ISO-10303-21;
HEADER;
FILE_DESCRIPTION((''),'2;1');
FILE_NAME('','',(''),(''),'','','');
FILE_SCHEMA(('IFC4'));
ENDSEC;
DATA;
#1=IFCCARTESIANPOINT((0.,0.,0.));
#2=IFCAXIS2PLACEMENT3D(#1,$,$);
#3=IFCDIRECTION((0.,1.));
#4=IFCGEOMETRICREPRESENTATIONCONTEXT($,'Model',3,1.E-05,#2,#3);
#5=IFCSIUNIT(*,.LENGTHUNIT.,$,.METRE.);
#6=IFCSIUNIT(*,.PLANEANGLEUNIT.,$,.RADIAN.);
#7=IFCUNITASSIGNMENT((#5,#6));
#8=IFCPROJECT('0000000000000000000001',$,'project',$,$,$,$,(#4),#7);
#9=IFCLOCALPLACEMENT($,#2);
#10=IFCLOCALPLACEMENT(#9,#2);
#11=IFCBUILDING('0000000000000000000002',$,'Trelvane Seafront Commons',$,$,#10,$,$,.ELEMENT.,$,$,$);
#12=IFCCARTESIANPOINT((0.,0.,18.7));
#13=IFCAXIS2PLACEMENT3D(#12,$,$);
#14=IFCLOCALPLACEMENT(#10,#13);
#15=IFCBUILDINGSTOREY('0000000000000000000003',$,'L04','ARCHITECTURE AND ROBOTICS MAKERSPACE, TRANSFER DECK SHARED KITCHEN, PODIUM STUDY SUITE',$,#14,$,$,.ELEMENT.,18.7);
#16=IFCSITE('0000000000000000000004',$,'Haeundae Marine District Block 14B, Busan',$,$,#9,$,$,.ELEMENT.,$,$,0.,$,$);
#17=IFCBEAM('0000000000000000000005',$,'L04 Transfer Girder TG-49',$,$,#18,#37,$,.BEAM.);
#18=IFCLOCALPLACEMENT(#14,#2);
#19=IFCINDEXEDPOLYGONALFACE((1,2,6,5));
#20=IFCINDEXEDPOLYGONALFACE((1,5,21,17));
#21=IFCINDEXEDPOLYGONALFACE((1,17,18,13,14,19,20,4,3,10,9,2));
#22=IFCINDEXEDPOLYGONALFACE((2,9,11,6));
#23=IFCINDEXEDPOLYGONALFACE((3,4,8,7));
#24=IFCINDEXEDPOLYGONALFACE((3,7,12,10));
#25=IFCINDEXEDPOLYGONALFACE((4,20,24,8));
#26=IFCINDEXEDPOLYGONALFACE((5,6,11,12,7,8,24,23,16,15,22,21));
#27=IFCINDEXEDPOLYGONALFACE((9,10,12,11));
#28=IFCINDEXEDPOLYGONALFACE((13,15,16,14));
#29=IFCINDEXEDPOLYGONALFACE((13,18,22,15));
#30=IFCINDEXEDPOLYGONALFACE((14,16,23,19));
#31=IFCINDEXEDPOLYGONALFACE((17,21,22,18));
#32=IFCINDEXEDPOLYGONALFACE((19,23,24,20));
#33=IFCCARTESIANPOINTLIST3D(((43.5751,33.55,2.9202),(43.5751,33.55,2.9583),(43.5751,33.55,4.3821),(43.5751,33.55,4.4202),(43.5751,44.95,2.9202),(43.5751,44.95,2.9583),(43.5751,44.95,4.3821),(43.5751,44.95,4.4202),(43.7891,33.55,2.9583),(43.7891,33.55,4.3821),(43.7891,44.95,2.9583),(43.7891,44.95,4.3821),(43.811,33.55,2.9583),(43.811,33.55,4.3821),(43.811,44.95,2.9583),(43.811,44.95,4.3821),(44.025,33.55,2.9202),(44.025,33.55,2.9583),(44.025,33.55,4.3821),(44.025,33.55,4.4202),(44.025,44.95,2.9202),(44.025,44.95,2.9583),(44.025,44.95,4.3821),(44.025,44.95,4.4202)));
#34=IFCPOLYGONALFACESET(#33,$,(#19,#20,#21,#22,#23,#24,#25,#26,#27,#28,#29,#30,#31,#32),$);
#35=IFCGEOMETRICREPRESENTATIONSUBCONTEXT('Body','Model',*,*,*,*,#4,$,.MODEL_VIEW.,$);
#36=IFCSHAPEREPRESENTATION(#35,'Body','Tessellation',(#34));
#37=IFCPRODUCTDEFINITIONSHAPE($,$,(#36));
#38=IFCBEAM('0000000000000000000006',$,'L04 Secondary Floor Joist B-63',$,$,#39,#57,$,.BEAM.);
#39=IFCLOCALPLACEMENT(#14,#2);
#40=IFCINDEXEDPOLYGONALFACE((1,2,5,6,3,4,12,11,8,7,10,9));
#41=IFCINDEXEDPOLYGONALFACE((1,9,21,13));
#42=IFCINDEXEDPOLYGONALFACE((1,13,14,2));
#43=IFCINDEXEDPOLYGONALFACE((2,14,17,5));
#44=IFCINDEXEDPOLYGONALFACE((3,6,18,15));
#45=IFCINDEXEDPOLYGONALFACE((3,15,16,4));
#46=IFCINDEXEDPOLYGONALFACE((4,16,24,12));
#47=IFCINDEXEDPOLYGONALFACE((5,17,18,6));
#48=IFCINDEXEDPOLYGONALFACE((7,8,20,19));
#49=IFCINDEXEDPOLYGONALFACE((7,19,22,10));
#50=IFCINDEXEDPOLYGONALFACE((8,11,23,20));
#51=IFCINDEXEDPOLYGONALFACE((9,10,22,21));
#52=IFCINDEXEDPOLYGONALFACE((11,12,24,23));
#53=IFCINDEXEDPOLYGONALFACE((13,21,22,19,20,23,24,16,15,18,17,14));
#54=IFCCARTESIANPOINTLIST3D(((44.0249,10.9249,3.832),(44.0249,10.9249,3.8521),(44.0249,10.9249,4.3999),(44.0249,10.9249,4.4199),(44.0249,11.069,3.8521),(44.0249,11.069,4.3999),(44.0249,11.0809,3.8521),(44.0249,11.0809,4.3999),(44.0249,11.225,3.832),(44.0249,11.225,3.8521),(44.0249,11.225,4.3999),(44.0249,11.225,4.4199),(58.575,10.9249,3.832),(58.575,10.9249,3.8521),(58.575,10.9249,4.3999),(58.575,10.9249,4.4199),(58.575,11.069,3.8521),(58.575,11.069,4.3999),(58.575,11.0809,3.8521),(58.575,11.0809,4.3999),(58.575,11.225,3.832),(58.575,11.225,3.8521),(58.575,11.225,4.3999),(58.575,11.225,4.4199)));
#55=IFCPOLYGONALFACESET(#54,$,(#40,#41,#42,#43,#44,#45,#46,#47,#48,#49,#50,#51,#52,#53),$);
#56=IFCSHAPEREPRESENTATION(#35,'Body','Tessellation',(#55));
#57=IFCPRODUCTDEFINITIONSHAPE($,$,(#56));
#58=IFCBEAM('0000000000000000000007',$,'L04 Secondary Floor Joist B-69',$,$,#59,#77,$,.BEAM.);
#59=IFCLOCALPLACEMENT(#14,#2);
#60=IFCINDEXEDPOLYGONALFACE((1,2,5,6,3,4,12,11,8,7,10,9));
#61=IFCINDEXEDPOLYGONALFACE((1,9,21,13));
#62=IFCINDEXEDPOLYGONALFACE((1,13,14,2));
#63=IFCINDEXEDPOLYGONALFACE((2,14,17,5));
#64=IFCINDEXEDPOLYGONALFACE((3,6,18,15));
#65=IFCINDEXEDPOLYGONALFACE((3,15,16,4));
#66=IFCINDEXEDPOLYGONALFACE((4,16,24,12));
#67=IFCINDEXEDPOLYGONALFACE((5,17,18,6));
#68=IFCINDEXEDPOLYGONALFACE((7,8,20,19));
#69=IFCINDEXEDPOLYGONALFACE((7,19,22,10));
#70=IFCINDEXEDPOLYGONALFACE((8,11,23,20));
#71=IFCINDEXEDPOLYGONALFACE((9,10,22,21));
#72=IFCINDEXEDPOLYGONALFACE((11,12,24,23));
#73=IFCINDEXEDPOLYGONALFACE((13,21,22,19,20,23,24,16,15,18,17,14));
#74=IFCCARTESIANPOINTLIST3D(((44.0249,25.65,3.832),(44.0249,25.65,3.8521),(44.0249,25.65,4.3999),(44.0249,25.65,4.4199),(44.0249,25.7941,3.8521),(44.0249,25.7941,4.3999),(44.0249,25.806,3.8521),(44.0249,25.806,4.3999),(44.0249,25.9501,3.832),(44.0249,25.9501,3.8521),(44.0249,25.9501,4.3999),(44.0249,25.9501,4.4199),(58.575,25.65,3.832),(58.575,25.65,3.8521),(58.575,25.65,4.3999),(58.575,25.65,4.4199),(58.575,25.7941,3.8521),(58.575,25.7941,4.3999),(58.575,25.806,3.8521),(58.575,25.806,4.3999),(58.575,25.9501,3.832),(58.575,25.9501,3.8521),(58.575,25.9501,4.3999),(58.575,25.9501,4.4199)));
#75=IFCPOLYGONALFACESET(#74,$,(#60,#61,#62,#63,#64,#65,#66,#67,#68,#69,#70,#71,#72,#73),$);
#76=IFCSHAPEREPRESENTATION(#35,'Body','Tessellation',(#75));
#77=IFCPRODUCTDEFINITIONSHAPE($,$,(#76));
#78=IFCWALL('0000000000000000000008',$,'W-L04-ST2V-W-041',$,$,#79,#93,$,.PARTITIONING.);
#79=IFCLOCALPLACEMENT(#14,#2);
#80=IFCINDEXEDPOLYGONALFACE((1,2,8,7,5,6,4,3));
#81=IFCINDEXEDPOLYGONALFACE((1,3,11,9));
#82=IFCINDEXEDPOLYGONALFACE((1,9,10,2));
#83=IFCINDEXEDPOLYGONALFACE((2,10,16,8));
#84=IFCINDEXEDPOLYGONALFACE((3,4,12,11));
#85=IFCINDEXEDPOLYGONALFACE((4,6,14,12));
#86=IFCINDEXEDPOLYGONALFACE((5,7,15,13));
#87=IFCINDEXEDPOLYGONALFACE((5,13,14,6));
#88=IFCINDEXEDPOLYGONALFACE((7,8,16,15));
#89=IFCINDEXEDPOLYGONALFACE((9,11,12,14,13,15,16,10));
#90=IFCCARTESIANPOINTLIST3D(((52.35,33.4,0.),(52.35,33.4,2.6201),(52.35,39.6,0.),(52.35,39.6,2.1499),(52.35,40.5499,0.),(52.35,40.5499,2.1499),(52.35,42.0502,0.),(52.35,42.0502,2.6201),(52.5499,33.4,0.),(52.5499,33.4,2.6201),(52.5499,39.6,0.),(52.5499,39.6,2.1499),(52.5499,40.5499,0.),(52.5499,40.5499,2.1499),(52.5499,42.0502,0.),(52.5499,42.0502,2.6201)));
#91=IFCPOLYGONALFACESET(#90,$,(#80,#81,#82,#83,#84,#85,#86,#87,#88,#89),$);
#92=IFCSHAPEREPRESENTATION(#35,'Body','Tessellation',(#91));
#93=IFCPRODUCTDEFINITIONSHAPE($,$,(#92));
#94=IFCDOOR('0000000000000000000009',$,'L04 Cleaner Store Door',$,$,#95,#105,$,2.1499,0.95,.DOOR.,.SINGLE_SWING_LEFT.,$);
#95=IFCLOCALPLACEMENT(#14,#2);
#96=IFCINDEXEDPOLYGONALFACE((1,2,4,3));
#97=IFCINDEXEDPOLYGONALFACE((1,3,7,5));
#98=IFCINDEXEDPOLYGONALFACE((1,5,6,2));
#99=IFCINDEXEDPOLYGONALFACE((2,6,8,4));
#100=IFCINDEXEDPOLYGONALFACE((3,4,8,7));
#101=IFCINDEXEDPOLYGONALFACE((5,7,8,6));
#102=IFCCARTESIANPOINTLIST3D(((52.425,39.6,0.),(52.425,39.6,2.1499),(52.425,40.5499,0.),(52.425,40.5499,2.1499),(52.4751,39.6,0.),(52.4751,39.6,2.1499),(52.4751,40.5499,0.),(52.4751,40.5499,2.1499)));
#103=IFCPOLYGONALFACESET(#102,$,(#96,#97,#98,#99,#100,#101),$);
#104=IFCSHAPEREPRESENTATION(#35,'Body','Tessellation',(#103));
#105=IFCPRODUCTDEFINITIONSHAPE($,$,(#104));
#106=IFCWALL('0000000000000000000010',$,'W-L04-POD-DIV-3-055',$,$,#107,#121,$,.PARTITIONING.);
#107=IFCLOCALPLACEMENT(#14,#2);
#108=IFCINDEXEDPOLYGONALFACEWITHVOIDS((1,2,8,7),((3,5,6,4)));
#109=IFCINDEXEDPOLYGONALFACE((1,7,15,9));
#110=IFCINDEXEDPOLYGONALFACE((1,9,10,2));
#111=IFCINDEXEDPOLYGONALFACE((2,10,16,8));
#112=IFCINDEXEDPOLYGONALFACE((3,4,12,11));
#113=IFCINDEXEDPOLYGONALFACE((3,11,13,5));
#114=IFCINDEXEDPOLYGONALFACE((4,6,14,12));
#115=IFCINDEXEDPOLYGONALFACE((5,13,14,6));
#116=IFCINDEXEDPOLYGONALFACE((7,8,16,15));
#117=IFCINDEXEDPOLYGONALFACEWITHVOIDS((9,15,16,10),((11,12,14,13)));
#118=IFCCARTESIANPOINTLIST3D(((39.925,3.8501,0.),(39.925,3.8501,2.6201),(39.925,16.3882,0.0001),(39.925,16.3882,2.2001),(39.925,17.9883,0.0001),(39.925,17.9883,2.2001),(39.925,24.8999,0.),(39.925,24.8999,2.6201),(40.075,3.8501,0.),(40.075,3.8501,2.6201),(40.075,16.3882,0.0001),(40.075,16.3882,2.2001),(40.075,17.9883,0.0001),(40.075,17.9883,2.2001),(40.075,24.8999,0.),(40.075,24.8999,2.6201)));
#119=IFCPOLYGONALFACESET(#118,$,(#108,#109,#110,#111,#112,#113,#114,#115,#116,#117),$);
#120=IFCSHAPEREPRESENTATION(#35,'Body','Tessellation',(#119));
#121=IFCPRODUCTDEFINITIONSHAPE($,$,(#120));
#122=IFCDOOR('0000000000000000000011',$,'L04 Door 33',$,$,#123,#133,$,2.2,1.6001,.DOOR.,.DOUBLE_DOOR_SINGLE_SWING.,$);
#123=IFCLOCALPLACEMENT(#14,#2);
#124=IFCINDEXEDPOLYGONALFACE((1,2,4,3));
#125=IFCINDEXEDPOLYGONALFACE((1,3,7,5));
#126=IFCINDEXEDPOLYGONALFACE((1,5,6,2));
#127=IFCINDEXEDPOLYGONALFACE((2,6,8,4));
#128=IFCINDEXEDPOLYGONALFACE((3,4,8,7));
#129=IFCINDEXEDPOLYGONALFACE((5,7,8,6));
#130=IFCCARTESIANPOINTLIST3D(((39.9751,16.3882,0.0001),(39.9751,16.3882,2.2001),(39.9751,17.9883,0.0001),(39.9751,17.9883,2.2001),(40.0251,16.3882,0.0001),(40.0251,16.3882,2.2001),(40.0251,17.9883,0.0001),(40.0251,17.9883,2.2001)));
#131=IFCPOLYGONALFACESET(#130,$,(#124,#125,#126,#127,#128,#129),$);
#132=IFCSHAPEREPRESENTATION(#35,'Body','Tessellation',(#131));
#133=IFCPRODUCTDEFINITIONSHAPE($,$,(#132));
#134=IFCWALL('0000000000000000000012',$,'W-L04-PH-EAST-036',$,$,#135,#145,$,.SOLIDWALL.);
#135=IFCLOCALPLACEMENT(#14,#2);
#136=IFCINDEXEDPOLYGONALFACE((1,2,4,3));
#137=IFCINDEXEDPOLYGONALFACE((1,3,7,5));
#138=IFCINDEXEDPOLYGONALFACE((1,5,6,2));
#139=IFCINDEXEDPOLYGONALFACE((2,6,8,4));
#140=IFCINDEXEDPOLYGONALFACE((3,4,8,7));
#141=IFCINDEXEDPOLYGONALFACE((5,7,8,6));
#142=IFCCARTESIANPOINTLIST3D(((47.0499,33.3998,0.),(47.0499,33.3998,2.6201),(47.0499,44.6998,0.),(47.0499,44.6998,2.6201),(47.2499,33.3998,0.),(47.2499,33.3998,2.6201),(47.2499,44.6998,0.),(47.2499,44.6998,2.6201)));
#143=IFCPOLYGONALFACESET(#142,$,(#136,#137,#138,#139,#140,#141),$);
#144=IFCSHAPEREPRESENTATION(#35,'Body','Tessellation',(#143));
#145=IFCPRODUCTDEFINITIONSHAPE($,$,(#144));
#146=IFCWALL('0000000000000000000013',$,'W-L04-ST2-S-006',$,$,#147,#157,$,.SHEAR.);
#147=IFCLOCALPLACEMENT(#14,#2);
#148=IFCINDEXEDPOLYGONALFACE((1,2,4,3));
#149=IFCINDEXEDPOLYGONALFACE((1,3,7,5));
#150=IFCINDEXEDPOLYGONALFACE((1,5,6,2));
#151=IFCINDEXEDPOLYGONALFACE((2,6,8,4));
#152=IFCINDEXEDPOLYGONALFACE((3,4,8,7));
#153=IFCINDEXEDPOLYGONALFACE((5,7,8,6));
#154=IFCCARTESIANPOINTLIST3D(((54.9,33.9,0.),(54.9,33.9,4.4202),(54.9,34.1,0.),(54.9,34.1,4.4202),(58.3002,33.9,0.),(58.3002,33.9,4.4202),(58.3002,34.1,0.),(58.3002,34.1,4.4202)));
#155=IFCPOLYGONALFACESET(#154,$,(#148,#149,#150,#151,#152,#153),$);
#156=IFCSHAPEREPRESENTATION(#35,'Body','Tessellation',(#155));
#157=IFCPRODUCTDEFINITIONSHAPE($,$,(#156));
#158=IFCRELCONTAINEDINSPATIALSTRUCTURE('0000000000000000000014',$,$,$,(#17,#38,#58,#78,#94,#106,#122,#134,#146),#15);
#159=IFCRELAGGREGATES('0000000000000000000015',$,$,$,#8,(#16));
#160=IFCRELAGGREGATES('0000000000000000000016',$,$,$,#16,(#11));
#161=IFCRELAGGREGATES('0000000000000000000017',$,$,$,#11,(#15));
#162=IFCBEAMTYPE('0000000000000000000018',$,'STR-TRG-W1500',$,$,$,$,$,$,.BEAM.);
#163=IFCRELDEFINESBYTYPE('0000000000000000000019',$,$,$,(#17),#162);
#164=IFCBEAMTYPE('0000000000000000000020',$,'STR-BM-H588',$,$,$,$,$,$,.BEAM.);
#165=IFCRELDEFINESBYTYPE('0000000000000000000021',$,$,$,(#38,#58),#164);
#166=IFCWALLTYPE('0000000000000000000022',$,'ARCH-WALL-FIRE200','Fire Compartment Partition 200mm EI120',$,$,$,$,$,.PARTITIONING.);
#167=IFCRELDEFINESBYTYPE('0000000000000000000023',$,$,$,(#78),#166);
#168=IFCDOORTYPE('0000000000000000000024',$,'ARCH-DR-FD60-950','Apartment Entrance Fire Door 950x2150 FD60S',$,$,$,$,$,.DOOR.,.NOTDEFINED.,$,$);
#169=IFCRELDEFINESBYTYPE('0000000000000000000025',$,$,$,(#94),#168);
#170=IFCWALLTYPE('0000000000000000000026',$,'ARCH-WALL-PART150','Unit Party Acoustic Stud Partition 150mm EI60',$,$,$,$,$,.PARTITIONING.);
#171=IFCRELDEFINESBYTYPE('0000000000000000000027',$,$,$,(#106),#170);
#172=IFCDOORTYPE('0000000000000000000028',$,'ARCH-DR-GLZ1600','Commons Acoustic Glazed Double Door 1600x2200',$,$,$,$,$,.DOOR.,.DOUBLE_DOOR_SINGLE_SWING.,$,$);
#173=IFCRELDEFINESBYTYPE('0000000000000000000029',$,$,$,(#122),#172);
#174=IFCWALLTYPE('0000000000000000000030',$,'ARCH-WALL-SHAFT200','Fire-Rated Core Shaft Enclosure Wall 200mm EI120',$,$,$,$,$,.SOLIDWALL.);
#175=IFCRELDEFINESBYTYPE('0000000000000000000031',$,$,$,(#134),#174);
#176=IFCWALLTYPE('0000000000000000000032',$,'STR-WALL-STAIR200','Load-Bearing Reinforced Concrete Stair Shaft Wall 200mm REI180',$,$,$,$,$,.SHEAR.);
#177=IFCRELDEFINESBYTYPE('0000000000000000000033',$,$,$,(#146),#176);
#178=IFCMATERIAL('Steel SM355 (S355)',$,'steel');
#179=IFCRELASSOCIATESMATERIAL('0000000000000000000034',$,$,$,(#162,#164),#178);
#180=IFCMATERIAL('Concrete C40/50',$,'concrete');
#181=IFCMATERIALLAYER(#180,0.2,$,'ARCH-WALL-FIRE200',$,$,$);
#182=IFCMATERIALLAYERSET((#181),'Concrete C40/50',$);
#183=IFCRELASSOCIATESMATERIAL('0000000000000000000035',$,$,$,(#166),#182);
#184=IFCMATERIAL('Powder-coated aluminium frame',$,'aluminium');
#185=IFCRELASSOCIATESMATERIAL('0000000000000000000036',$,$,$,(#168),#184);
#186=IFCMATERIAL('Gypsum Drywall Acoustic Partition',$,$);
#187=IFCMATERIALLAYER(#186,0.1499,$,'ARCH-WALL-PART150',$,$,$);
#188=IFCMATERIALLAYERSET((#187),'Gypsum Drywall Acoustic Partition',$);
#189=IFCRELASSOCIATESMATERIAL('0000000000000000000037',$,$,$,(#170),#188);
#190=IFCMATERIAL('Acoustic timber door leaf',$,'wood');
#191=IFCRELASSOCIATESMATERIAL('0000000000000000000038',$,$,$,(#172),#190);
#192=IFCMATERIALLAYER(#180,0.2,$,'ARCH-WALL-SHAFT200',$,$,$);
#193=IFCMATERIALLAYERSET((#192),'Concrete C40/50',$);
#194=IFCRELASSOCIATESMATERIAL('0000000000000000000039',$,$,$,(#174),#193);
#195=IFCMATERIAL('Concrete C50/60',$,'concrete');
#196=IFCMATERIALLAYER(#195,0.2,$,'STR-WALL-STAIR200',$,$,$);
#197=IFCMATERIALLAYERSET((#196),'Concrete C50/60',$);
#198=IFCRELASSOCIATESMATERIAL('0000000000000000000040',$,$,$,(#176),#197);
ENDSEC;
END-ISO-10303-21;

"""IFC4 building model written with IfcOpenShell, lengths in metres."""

from ifc_helpers import new_model, si_unit, direction, frame, frame_2d, origin, origin_2d, place, context, subcontext, project, spatial, rectangle, i_section, extrude, source, transform, mapped, material, layer, layer_set, material_profile, profile_set, type_object, element, fill, save


model = new_model("IFC4")

# Units and contexts
model_context = context("Model", 3, precision=1e-05, world=origin(), true_north=direction((0.0, 1.0)))
body_context = subcontext(model_context, "Body", "Model", "MODEL_VIEW")
ifc_project = project(units=[si_unit("LENGTHUNIT", "METRE"), si_unit("PLANEANGLEUNIT", "RADIAN")], contexts=[model_context])

# Site, building, storey
site_placement = place(None, origin())
site = spatial("IfcSite", under=ifc_project, at=site_placement, Name="Haeundae Marine District Block 14B, Busan", CompositionType="ELEMENT", RefElevation=0.0)
building_placement = place(site_placement, origin())
building = spatial("IfcBuilding", under=site, at=building_placement, Name="Trelvane Seafront Commons", CompositionType="ELEMENT")
storey_placement = place(building_placement, frame((0.0, 0.0, 18.7)))
storey = spatial("IfcBuildingStorey", under=building, at=storey_placement, Name="L04", Description="ARCHITECTURE AND ROBOTICS MAKERSPACE, TRANSFER DECK SHARED KITCHEN, PODIUM STUDY SUITE", CompositionType="ELEMENT", Elevation=18.7)

# Beams
ifc_material_1 = material(Name="Steel SM355 (S355)", Category="steel")
ifc_material_profile_1 = material_profile(ifc_material_1, i_section(OverallWidth=0.45, OverallDepth=1.5, WebThickness=0.022, FlangeThickness=0.0381, at=origin_2d()), Name="W-1500x450x22x38")
ifc_profile_set_1 = profile_set([ifc_material_profile_1], Name="Steel SM355 (S355)")
beam_type_1 = type_object("IfcBeamType", Name="STR-TRG-W1500", PredefinedType="BEAM", material=ifc_profile_set_1)
shared_shape_1 = source(origin(), body_context, "Body", "SweptSolid", [
    extrude(i_section(OverallWidth=0.45, OverallDepth=1.5, WebThickness=0.022, FlangeThickness=0.0381, at=origin_2d()), origin(), (0.0, 0.0, 1.0), 11.3999),
])
beam_1_placement = place(storey_placement, frame((43.8, 33.55, 3.6702), z_axis=(0.0, 1.0, 0.0), x_axis=(-1.0, 0.0, 0.0)))
element("IfcBeam", 1, at=beam_1_placement, inside=storey, type_object=beam_type_1, Name="L04 Transfer Girder TG-49", PredefinedType="BEAM", context=body_context, shape_type="MappedRepresentation", body=[
    mapped(shared_shape_1, transform((0.0, 0.0, 0.0), x_axis=(1.0, 0.0, 0.0), y_axis=(0.0, 1.0, 0.0), z_axis=(0.0, 0.0, 1.0), scale=1.0)),
])
ifc_material_profile_2 = material_profile(ifc_material_1, i_section(OverallWidth=0.3, OverallDepth=0.5879, WebThickness=0.012, FlangeThickness=0.02, at=origin_2d()), Name="H-588x300x12x20")
ifc_profile_set_2 = profile_set([ifc_material_profile_2], Name="Steel SM355 (S355)")
beam_type_2 = type_object("IfcBeamType", Name="STR-BM-H588", PredefinedType="BEAM", material=ifc_profile_set_2)
shared_shape_2 = source(origin(), body_context, "Body", "SweptSolid", [
    extrude(i_section(OverallWidth=0.3, OverallDepth=0.5879, WebThickness=0.012, FlangeThickness=0.02, at=origin_2d()), origin(), (0.0, 0.0, 1.0), 14.55),
])
for number, where, z_axis, x_axis, name in (
    (2, (44.0249, 11.075, 4.126), (1.0, 0.0, 0.0), (0.0, 1.0, 0.0), "L04 Secondary Floor Joist B-63"),
    (3, (44.0249, 25.8, 4.126), (1.0, 0.0, 0.0), (0.0, 1.0, 0.0), "L04 Secondary Floor Joist B-69"),
):
    element("IfcBeam", number, at=place(storey_placement, frame(where, z_axis=z_axis, x_axis=x_axis)), inside=storey, type_object=beam_type_2, Name=name, PredefinedType="BEAM", context=body_context, shape_type="MappedRepresentation", body=[
        mapped(shared_shape_2, transform((0.0, 0.0, 0.0), x_axis=(1.0, 0.0, 0.0), y_axis=(0.0, 1.0, 0.0), z_axis=(0.0, 0.0, 1.0), scale=1.0)),
    ])

# Wall, opening, door
ifc_material_2 = material(Name="Concrete C40/50", Category="concrete")
ifc_layer_1 = layer(ifc_material_2, 0.2, Name="ARCH-WALL-FIRE200")
ifc_layer_set_1 = layer_set([ifc_layer_1], Name="Concrete C40/50")
wall_type_1 = type_object("IfcWallType", Name="ARCH-WALL-FIRE200", Description="Fire Compartment Partition 200mm EI120", PredefinedType="PARTITIONING", material=ifc_layer_set_1)
wall_1_placement = place(storey_placement, frame((52.45, 33.3999, 0.0), z_axis=(0.0, 0.0, 1.0), x_axis=(0.0, 1.0, 0.0)))
wall_1 = element("IfcWall", 4, at=wall_1_placement, inside=storey, type_object=wall_type_1, Name="W-L04-ST2V-W-041", PredefinedType="PARTITIONING", context=body_context, shape_type="SweptSolid", body=[
    extrude(rectangle(XDim=8.6501, YDim=0.2, at=frame_2d((4.3252, 0.0))), origin(), (0.0, 0.0, 1.0), 2.6201),
])
opening_1_placement = place(wall_1_placement, frame((6.2, 0.0, 0.0)))
opening_1 = element("IfcOpeningElement", 5, at=opening_1_placement, cuts=wall_1, PredefinedType="OPENING", context=body_context, shape_type="SweptSolid", body=[
    extrude(rectangle(XDim=0.95, YDim=2.1499, at=frame_2d((0.4751, 1.075))), frame((0.0, 0.1099, 0.0), z_axis=(0.0, -1.0, 0.0), x_axis=(1.0, 0.0, 0.0)), (0.0, 0.0, 1.0), 0.22),
])
ifc_material_3 = material(Name="Powder-coated aluminium frame", Category="aluminium")
door_type_1 = type_object("IfcDoorType", Name="ARCH-DR-FD60-950", Description="Apartment Entrance Fire Door 950x2150 FD60S", OperationType="NOTDEFINED", PredefinedType="DOOR", material=ifc_material_3)
shared_shape_3 = source(origin(), body_context, "Body", "SweptSolid", [
    extrude(rectangle(XDim=0.95, YDim=2.1499, at=frame_2d((0.4751, 1.075))), frame((0.0, 0.0249, 0.0), z_axis=(0.0, -1.0, 0.0), x_axis=(1.0, 0.0, 0.0)), (0.0, 0.0, 1.0), 0.05),
])
door_1_placement = place(opening_1_placement, origin())
door_1 = element("IfcDoor", 6, at=door_1_placement, inside=storey, type_object=door_type_1, Name="L04 Cleaner Store Door", OperationType="SINGLE_SWING_LEFT", OverallHeight=2.1499, OverallWidth=0.95, PredefinedType="DOOR", context=body_context, shape_type="MappedRepresentation", body=[
    mapped(shared_shape_3, transform((0.0, 0.0, 0.0), x_axis=(1.0, 0.0, 0.0), y_axis=(0.0, 1.0, 0.0), z_axis=(0.0, 0.0, 1.0), scale=1.0)),
])
fill(opening_1, door_1)

# Wall, opening, door
ifc_material_4 = material(Name="Gypsum Drywall Acoustic Partition")
ifc_layer_2 = layer(ifc_material_4, 0.1499, Name="ARCH-WALL-PART150")
ifc_layer_set_2 = layer_set([ifc_layer_2], Name="Gypsum Drywall Acoustic Partition")
wall_type_2 = type_object("IfcWallType", Name="ARCH-WALL-PART150", Description="Unit Party Acoustic Stud Partition 150mm EI60", PredefinedType="PARTITIONING", material=ifc_layer_set_2)
wall_2_placement = place(storey_placement, frame((40.0, 3.8501, 0.0), z_axis=(0.0, 0.0, 1.0), x_axis=(0.0, 1.0, 0.0)))
wall_2 = element("IfcWall", 7, at=wall_2_placement, inside=storey, type_object=wall_type_2, Name="W-L04-POD-DIV-3-055", PredefinedType="PARTITIONING", context=body_context, shape_type="SweptSolid", body=[
    extrude(rectangle(XDim=21.0498, YDim=0.1499, at=frame_2d((10.5249, 0.0))), origin(), (0.0, 0.0, 1.0), 2.6201),
])
opening_2_placement = place(wall_2_placement, frame((12.5381, 0.0, 0.0)))
opening_2 = element("IfcOpeningElement", 8, at=opening_2_placement, cuts=wall_2, PredefinedType="OPENING", context=body_context, shape_type="SweptSolid", body=[
    extrude(rectangle(XDim=1.6001, YDim=2.2, at=frame_2d((0.8, 1.1001))), frame((0.0, 0.085, 0.0), z_axis=(0.0, -1.0, 0.0), x_axis=(1.0, 0.0, 0.0)), (0.0, 0.0, 1.0), 0.1699),
])
ifc_material_5 = material(Name="Acoustic timber door leaf", Category="wood")
door_type_2 = type_object("IfcDoorType", Name="ARCH-DR-GLZ1600", Description="Commons Acoustic Glazed Double Door 1600x2200", OperationType="DOUBLE_DOOR_SINGLE_SWING", PredefinedType="DOOR", material=ifc_material_5)
shared_shape_4 = source(origin(), body_context, "Body", "SweptSolid", [
    extrude(rectangle(XDim=1.6001, YDim=2.2, at=frame_2d((0.8, 1.1001))), frame((0.0, 0.0249, 0.0), z_axis=(0.0, -1.0, 0.0), x_axis=(1.0, 0.0, 0.0)), (0.0, 0.0, 1.0), 0.05),
])
door_2_placement = place(opening_2_placement, origin())
door_2 = element("IfcDoor", 9, at=door_2_placement, inside=storey, type_object=door_type_2, Name="L04 Door 33", OperationType="DOUBLE_DOOR_SINGLE_SWING", OverallHeight=2.2, OverallWidth=1.6001, PredefinedType="DOOR", context=body_context, shape_type="MappedRepresentation", body=[
    mapped(shared_shape_4, transform((0.0, 0.0, 0.0), x_axis=(1.0, 0.0, 0.0), y_axis=(0.0, 1.0, 0.0), z_axis=(0.0, 0.0, 1.0), scale=1.0)),
])
fill(opening_2, door_2)

# Walls
ifc_layer_3 = layer(ifc_material_2, 0.2, Name="ARCH-WALL-SHAFT200")
ifc_layer_set_3 = layer_set([ifc_layer_3], Name="Concrete C40/50")
wall_type_3 = type_object("IfcWallType", Name="ARCH-WALL-SHAFT200", Description="Fire-Rated Core Shaft Enclosure Wall 200mm EI120", PredefinedType="SOLIDWALL", material=ifc_layer_set_3)
wall_3_placement = place(storey_placement, frame((47.1499, 33.3999, 0.0), z_axis=(0.0, 0.0, 1.0), x_axis=(0.0, 1.0, 0.0)))
element("IfcWall", 10, at=wall_3_placement, inside=storey, type_object=wall_type_3, Name="W-L04-PH-EAST-036", PredefinedType="SOLIDWALL", context=body_context, shape_type="SweptSolid", body=[
    extrude(rectangle(XDim=11.3, YDim=0.2, at=frame_2d((5.6499, 0.0))), origin(), (0.0, 0.0, 1.0), 2.6201),
])
ifc_material_6 = material(Name="Concrete C50/60", Category="concrete")
ifc_layer_4 = layer(ifc_material_6, 0.2, Name="STR-WALL-STAIR200")
ifc_layer_set_4 = layer_set([ifc_layer_4], Name="Concrete C50/60")
wall_type_4 = type_object("IfcWallType", Name="STR-WALL-STAIR200", Description="Load-Bearing Reinforced Concrete Stair Shaft Wall 200mm REI180", PredefinedType="SHEAR", material=ifc_layer_set_4)
wall_4_placement = place(storey_placement, frame((54.8999, 34.0, 0.0), z_axis=(0.0, 0.0, 1.0), x_axis=(1.0, 0.0, 0.0)))
element("IfcWall", 11, at=wall_4_placement, inside=storey, type_object=wall_type_4, Name="W-L04-ST2-S-006", PredefinedType="SHEAR", context=body_context, shape_type="SweptSolid", body=[
    extrude(rectangle(XDim=3.4001, YDim=0.2, at=frame_2d((1.7002, 0.0))), origin(), (0.0, 0.0, 1.0), 4.4202),
])

save(model, "model.ifc")
